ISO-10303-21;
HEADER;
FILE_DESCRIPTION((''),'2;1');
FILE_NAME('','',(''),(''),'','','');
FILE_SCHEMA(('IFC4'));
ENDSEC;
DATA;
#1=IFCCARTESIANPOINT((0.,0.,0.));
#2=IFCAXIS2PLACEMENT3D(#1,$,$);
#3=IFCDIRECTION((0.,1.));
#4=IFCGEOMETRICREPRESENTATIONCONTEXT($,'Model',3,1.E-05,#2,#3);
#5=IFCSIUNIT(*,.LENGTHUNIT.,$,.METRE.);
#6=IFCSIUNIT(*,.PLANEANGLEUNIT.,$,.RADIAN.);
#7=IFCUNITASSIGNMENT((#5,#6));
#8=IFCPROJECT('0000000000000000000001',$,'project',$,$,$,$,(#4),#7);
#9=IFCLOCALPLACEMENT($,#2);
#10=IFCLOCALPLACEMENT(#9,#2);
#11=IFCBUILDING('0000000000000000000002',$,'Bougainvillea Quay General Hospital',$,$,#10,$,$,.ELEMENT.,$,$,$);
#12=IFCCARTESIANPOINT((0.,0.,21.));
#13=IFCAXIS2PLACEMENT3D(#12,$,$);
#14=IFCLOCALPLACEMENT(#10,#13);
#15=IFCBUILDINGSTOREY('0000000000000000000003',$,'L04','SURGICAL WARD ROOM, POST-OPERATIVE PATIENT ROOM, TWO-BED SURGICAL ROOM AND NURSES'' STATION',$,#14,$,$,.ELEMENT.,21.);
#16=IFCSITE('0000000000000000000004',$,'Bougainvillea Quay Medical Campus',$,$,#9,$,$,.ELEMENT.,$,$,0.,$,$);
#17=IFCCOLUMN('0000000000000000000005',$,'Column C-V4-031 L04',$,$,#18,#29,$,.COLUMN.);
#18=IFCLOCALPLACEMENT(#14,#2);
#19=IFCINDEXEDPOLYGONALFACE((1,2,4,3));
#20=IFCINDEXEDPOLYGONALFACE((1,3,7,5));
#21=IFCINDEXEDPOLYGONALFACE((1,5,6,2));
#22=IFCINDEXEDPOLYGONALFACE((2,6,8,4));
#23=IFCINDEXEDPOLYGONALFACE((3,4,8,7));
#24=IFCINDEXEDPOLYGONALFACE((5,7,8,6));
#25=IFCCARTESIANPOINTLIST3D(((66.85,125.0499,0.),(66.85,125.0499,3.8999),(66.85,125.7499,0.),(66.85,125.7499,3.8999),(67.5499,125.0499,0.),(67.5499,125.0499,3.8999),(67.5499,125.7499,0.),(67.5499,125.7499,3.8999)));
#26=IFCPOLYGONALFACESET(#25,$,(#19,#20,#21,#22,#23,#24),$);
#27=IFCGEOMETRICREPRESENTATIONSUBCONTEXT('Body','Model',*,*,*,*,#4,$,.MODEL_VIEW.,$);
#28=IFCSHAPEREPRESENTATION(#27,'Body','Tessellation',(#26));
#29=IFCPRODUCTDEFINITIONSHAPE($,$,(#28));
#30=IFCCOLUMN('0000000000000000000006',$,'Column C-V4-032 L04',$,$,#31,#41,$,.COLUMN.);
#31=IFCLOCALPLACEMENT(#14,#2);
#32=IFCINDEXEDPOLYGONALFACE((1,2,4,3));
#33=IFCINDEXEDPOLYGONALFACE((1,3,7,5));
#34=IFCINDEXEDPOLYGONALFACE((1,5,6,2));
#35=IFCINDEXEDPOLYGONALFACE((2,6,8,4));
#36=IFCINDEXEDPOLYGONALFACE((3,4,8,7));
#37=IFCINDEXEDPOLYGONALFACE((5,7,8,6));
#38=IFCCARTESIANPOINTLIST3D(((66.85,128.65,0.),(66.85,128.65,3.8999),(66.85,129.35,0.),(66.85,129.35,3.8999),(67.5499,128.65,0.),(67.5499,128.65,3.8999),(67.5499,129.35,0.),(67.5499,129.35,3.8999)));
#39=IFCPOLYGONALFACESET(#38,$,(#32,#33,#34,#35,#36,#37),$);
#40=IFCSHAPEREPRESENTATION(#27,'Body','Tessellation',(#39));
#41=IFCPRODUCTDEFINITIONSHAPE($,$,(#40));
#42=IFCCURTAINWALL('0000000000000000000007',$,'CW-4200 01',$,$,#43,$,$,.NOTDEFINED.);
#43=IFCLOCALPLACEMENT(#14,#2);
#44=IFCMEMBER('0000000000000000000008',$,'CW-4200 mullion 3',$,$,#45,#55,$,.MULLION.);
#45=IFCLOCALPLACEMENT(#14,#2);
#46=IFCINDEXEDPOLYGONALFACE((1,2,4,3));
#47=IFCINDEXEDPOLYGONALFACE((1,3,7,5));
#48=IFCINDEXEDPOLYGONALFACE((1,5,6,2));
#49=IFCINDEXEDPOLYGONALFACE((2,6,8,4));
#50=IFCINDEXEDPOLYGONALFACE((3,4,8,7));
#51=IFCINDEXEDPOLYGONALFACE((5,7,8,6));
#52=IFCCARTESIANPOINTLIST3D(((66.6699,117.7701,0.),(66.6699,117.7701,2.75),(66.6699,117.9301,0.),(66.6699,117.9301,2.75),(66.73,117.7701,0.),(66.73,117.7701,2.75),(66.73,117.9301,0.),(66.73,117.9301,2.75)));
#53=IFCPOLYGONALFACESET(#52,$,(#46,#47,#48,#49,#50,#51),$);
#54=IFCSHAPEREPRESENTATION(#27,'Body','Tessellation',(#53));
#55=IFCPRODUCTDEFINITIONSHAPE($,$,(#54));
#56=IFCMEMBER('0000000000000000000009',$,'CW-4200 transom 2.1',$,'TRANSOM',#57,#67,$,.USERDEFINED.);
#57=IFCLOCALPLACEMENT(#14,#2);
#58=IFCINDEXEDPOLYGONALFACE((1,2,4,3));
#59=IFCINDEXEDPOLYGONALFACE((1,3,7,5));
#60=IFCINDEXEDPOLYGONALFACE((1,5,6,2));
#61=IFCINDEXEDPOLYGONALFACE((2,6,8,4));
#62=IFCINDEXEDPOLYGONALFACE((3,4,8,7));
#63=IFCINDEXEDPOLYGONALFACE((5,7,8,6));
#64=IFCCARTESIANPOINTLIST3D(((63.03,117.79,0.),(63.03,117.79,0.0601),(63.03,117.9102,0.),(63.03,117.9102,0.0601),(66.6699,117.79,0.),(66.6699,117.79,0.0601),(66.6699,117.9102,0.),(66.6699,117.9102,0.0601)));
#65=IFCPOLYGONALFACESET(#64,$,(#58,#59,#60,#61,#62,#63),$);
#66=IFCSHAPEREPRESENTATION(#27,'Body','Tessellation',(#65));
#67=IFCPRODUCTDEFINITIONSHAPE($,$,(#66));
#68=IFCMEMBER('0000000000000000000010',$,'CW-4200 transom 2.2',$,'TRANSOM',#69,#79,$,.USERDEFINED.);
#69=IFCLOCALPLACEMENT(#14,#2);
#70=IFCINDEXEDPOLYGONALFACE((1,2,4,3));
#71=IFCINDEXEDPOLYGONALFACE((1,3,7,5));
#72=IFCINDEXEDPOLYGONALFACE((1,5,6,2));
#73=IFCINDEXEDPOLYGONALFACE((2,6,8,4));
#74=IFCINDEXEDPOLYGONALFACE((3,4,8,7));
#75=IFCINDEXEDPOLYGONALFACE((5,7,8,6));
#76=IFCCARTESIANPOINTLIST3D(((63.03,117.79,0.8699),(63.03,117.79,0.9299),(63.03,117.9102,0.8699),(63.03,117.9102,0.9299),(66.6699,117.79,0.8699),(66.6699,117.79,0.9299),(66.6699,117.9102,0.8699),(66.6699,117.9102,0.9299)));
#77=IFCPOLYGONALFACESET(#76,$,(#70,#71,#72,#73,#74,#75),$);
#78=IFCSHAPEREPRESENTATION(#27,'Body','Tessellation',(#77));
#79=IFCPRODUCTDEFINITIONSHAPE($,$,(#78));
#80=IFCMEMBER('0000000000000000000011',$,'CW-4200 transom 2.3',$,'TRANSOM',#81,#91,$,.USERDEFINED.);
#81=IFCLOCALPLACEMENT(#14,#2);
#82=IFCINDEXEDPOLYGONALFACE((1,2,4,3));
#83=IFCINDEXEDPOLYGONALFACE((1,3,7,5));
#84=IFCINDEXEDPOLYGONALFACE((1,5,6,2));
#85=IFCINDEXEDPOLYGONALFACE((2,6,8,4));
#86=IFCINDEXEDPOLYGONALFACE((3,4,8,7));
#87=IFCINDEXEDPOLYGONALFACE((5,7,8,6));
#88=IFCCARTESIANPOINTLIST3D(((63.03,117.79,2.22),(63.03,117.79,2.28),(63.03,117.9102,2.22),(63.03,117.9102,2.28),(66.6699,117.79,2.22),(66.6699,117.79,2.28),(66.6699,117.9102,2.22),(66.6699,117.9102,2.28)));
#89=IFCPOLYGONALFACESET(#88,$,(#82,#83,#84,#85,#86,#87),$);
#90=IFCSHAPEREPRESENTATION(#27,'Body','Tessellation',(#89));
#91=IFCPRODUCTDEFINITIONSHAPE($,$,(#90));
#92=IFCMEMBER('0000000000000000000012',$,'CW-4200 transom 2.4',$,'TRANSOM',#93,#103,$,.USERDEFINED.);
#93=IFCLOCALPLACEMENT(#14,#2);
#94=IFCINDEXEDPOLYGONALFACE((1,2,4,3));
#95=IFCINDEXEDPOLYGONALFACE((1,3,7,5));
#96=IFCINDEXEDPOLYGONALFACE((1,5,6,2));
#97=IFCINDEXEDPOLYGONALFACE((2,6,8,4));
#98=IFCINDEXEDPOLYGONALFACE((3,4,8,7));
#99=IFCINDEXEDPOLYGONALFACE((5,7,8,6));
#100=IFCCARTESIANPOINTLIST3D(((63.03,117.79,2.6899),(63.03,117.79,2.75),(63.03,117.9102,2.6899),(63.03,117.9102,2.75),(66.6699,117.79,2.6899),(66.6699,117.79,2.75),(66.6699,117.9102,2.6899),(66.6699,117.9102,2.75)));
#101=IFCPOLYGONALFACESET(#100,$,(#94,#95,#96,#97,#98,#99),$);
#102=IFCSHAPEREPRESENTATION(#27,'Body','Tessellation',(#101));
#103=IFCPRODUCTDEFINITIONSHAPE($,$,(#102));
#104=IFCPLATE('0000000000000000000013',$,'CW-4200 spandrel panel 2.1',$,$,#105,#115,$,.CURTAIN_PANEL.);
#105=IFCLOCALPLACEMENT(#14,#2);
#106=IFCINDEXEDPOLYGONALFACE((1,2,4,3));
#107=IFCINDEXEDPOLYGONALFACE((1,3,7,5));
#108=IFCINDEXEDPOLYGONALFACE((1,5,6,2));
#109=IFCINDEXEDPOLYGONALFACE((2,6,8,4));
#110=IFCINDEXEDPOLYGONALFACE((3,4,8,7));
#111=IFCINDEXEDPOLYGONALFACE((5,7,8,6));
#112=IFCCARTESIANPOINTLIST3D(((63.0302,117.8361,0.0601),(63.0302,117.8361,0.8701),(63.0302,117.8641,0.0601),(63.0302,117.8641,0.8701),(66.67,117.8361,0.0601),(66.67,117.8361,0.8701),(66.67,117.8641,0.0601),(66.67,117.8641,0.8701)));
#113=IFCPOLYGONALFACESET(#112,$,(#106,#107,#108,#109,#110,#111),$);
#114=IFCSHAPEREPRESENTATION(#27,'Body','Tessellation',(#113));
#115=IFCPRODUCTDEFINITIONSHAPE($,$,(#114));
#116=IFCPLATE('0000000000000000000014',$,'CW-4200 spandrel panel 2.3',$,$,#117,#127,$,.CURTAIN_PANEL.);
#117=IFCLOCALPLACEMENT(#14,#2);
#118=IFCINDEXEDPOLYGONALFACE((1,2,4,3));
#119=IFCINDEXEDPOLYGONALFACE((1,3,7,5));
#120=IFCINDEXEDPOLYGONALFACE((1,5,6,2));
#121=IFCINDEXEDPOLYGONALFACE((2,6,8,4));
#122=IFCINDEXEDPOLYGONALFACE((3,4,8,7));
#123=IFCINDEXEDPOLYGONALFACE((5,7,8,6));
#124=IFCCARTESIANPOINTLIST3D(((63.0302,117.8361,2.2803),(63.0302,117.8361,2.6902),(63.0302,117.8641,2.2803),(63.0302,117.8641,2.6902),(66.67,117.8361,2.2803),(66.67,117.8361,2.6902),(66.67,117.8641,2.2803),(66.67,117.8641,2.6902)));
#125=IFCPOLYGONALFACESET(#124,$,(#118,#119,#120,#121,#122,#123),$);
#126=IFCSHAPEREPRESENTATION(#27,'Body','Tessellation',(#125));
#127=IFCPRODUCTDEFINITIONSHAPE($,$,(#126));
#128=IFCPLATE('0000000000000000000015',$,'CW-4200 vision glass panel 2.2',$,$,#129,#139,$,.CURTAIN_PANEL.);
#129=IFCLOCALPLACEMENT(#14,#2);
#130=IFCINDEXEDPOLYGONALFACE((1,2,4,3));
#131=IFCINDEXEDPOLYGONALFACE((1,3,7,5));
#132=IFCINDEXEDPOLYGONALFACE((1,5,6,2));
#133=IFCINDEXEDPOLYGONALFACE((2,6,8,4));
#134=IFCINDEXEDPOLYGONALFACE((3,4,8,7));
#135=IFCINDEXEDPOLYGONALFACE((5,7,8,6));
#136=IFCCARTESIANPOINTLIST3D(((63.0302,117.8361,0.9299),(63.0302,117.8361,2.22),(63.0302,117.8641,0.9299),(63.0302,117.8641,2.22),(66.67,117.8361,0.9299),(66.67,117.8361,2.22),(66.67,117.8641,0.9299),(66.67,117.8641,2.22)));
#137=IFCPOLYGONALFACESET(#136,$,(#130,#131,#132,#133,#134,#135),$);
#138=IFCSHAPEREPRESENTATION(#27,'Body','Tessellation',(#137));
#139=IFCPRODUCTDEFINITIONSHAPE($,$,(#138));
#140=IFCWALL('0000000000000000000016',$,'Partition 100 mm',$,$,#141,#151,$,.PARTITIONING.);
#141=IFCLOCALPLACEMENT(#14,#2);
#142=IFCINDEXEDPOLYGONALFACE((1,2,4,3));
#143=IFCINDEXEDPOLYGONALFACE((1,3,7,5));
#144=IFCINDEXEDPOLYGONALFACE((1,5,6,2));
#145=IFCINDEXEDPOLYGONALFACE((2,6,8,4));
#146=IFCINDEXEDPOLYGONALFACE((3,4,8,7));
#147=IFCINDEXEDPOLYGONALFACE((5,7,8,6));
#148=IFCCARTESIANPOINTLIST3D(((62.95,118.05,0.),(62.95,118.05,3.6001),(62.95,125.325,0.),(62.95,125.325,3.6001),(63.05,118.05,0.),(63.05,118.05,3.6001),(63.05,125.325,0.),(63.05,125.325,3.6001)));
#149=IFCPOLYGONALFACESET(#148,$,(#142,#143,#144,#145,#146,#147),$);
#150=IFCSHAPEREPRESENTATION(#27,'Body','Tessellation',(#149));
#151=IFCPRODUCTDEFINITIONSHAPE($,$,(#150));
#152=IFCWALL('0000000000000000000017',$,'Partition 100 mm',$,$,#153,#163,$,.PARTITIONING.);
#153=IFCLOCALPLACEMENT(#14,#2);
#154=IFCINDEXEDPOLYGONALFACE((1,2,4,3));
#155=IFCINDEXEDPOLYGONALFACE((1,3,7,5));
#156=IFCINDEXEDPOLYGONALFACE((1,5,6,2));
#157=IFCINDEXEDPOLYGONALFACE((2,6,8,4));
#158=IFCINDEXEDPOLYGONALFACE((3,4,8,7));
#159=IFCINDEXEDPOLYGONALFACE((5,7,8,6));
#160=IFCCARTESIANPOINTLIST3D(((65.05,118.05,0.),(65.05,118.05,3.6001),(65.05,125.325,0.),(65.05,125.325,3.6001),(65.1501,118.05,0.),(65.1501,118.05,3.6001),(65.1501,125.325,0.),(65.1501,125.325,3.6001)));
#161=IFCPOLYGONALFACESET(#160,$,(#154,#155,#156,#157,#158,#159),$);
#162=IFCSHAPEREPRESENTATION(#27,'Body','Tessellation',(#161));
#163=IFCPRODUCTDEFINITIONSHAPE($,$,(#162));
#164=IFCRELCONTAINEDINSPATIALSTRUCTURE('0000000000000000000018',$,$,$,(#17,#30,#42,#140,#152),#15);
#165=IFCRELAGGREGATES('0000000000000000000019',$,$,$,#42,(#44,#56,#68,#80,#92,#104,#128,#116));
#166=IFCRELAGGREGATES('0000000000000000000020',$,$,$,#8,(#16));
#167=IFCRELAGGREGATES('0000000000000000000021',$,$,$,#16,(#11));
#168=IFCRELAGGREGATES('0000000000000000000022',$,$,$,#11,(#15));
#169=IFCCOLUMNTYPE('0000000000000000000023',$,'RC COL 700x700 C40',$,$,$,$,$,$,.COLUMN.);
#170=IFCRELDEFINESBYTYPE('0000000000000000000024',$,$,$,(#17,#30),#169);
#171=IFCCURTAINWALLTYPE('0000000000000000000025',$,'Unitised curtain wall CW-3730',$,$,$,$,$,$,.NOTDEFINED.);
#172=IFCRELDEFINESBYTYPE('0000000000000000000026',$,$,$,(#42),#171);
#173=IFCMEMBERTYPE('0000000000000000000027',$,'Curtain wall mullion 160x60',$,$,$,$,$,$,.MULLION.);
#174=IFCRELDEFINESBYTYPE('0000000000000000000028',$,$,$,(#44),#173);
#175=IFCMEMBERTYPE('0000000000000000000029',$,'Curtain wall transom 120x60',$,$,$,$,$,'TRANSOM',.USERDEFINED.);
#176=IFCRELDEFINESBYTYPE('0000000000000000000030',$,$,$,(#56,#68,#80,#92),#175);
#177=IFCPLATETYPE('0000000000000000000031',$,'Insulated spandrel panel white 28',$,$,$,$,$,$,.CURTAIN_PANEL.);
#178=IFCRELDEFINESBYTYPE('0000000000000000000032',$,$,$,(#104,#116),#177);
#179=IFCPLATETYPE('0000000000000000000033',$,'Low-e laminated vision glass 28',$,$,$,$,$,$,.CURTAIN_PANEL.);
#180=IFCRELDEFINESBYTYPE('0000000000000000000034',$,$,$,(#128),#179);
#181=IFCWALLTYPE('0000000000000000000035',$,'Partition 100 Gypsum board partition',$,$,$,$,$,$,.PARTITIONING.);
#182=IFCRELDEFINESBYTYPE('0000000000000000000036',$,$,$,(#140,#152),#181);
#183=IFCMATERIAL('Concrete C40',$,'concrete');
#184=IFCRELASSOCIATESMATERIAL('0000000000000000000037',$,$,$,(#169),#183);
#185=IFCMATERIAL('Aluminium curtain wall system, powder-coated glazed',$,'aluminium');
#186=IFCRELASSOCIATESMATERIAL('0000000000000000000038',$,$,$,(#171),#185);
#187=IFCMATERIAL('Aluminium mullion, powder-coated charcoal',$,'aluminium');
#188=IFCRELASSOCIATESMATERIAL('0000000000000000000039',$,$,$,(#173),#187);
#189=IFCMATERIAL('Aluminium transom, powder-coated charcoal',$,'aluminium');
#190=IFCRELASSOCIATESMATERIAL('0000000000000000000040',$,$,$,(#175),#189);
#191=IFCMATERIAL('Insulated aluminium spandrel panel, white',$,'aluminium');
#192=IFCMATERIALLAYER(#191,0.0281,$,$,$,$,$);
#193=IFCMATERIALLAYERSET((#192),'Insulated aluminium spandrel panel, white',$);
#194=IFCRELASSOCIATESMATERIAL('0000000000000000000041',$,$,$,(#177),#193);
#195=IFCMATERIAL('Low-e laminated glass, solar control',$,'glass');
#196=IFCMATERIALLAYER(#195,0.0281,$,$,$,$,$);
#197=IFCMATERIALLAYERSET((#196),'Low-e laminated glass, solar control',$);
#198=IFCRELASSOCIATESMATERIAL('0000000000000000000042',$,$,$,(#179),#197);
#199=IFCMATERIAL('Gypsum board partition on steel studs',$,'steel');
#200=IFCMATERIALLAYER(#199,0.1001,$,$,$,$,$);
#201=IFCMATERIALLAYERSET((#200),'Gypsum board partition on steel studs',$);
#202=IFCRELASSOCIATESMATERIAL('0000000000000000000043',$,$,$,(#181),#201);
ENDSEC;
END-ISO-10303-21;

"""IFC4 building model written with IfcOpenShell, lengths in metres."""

from ifc_helpers import new_model, si_unit, direction, frame, frame_2d, origin, origin_2d, place, context, subcontext, project, spatial, rectangle, extrude, material, layer, layer_set, material_profile, profile_set, type_object, element, aggregate, save


model = new_model("IFC4")

# Units and contexts
model_context = context("Model", 3, precision=1e-05, world=origin(), true_north=direction((0.0, 1.0)))
body_context = subcontext(model_context, "Body", "Model", "MODEL_VIEW")
ifc_project = project(units=[si_unit("LENGTHUNIT", "METRE"), si_unit("PLANEANGLEUNIT", "RADIAN")], contexts=[model_context])

# Site, building, storey
site_placement = place(None, origin())
site = spatial("IfcSite", under=ifc_project, at=site_placement, Name="Bougainvillea Quay Medical Campus", CompositionType="ELEMENT", RefElevation=0.0)
building_placement = place(site_placement, origin())
building = spatial("IfcBuilding", under=site, at=building_placement, Name="Bougainvillea Quay General Hospital", CompositionType="ELEMENT")
storey_placement = place(building_placement, frame((0.0, 0.0, 21.0)))
storey = spatial("IfcBuildingStorey", under=building, at=storey_placement, Name="L04", Description="SURGICAL WARD ROOM, POST-OPERATIVE PATIENT ROOM, TWO-BED SURGICAL ROOM AND NURSES' STATION", CompositionType="ELEMENT", Elevation=21.0)

# Columns
ifc_material_1 = material(Name="Concrete C40", Category="concrete")
ifc_material_profile_1 = material_profile(ifc_material_1, rectangle(XDim=0.7, YDim=0.7, at=origin_2d()))
ifc_profile_set_1 = profile_set([ifc_material_profile_1], Name="Concrete C40")
column_type = type_object("IfcColumnType", Name="RC COL 700x700 C40", PredefinedType="COLUMN", material=ifc_profile_set_1)
for number, where, z_axis, x_axis, name in (
    (1, (67.2, 125.3999, 0.0), (0.0, 0.0, 1.0), (1.0, 0.0, 0.0), "Column C-V4-031 L04"),
    (2, (67.2, 129.0, 0.0), (0.0, 0.0, 1.0), (1.0, 0.0, 0.0), "Column C-V4-032 L04"),
):
    element("IfcColumn", number, at=place(storey_placement, frame(where, z_axis=z_axis, x_axis=x_axis)), inside=storey, type_object=column_type, Name=name, PredefinedType="COLUMN", context=body_context, shape_type="SweptSolid", body=[
        extrude(rectangle(XDim=0.7, YDim=0.7, at=origin_2d()), origin(), (0.0, 0.0, 1.0), 3.8999),
    ])

# Curtain wall, members, plates
ifc_material_2 = material(Name="Aluminium curtain wall system, powder-coated glazed", Category="aluminium")
curtain_wall_type = type_object("IfcCurtainWallType", Name="Unitised curtain wall CW-3730", PredefinedType="NOTDEFINED", material=ifc_material_2)
curtain_wall_placement = place(storey_placement, origin())
curtain_wall = element("IfcCurtainWall", 3, at=curtain_wall_placement, inside=storey, type_object=curtain_wall_type, Name="CW-4200 01", PredefinedType="NOTDEFINED")
ifc_material_3 = material(Name="Aluminium mullion, powder-coated charcoal", Category="aluminium")
ifc_material_profile_2 = material_profile(ifc_material_3, rectangle(XDim=0.1599, YDim=0.0601, at=origin_2d()))
ifc_profile_set_2 = profile_set([ifc_material_profile_2], Name="Aluminium mullion, powder-coated charcoal")
member_type_1 = type_object("IfcMemberType", Name="Curtain wall mullion 160x60", PredefinedType="MULLION", material=ifc_profile_set_2)
member_1_placement = place(storey_placement, frame((66.7, 117.8501, 0.0), z_axis=(0.0, 0.0, 1.0), x_axis=(0.0, 1.0, 0.0)))
member_1 = element("IfcMember", 4, at=member_1_placement, type_object=member_type_1, Name="CW-4200 mullion 3", PredefinedType="MULLION", context=body_context, shape_type="SweptSolid", body=[
    extrude(rectangle(XDim=0.1599, YDim=0.0601, at=origin_2d()), origin(), (0.0, 0.0, 1.0), 2.75),
])
ifc_material_4 = material(Name="Aluminium transom, powder-coated charcoal", Category="aluminium")
ifc_material_profile_3 = material_profile(ifc_material_4, rectangle(XDim=0.1201, YDim=0.0601, at=origin_2d()))
ifc_profile_set_3 = profile_set([ifc_material_profile_3], Name="Aluminium transom, powder-coated charcoal")
member_type_2 = type_object("IfcMemberType", Name="Curtain wall transom 120x60", ElementType="TRANSOM", PredefinedType="USERDEFINED", material=ifc_profile_set_3)
member_2_placement = place(storey_placement, frame((63.03, 117.8501, 0.03), z_axis=(1.0, 0.0, 0.0), x_axis=(0.0, 1.0, 0.0)))
member_2 = element("IfcMember", 5, at=member_2_placement, type_object=member_type_2, Name="CW-4200 transom 2.1", ObjectType="TRANSOM", PredefinedType="USERDEFINED", context=body_context, shape_type="SweptSolid", body=[
    extrude(rectangle(XDim=0.1201, YDim=0.0601, at=origin_2d()), origin(), (0.0, 0.0, 1.0), 3.6399),
])
member_3_placement = place(storey_placement, frame((63.03, 117.8501, 0.8999), z_axis=(1.0, 0.0, 0.0), x_axis=(0.0, 1.0, 0.0)))
member_3 = element("IfcMember", 6, at=member_3_placement, type_object=member_type_2, Name="CW-4200 transom 2.2", ObjectType="TRANSOM", PredefinedType="USERDEFINED", context=body_context, shape_type="SweptSolid", body=[
    extrude(rectangle(XDim=0.1201, YDim=0.0601, at=origin_2d()), origin(), (0.0, 0.0, 1.0), 3.6399),
])
member_4_placement = place(storey_placement, frame((63.03, 117.8501, 2.25), z_axis=(1.0, 0.0, 0.0), x_axis=(0.0, 1.0, 0.0)))
member_4 = element("IfcMember", 7, at=member_4_placement, type_object=member_type_2, Name="CW-4200 transom 2.3", ObjectType="TRANSOM", PredefinedType="USERDEFINED", context=body_context, shape_type="SweptSolid", body=[
    extrude(rectangle(XDim=0.1201, YDim=0.0601, at=origin_2d()), origin(), (0.0, 0.0, 1.0), 3.6399),
])
member_5_placement = place(storey_placement, frame((63.03, 117.8501, 2.72), z_axis=(1.0, 0.0, 0.0), x_axis=(0.0, 1.0, 0.0)))
member_5 = element("IfcMember", 8, at=member_5_placement, type_object=member_type_2, Name="CW-4200 transom 2.4", ObjectType="TRANSOM", PredefinedType="USERDEFINED", context=body_context, shape_type="SweptSolid", body=[
    extrude(rectangle(XDim=0.1201, YDim=0.0601, at=origin_2d()), origin(), (0.0, 0.0, 1.0), 3.6399),
])
ifc_material_5 = material(Name="Insulated aluminium spandrel panel, white", Category="aluminium")
ifc_layer_1 = layer(ifc_material_5, 0.0281)
ifc_layer_set_1 = layer_set([ifc_layer_1], Name="Insulated aluminium spandrel panel, white")
plate_type_1 = type_object("IfcPlateType", Name="Insulated spandrel panel white 28", PredefinedType="CURTAIN_PANEL", material=ifc_layer_set_1)
plate_1_placement = place(storey_placement, frame((64.8501, 117.8501, 0.0601), z_axis=(0.0, 0.0, 1.0), x_axis=(1.0, 0.0, 0.0)))
plate_1 = element("IfcPlate", 9, at=plate_1_placement, type_object=plate_type_1, Name="CW-4200 spandrel panel 2.1", PredefinedType="CURTAIN_PANEL", context=body_context, shape_type="SweptSolid", body=[
    extrude(rectangle(XDim=3.6399, YDim=0.0281, at=origin_2d()), origin(), (0.0, 0.0, 1.0), 0.8101),
])
plate_2_placement = place(storey_placement, frame((64.8501, 117.8501, 2.2803), z_axis=(0.0, 0.0, 1.0), x_axis=(1.0, 0.0, 0.0)))
plate_2 = element("IfcPlate", 10, at=plate_2_placement, type_object=plate_type_1, Name="CW-4200 spandrel panel 2.3", PredefinedType="CURTAIN_PANEL", context=body_context, shape_type="SweptSolid", body=[
    extrude(rectangle(XDim=3.6399, YDim=0.0281, at=origin_2d()), origin(), (0.0, 0.0, 1.0), 0.4099),
])
ifc_material_6 = material(Name="Low-e laminated glass, solar control", Category="glass")
ifc_layer_2 = layer(ifc_material_6, 0.0281)
ifc_layer_set_2 = layer_set([ifc_layer_2], Name="Low-e laminated glass, solar control")
plate_type_2 = type_object("IfcPlateType", Name="Low-e laminated vision glass 28", PredefinedType="CURTAIN_PANEL", material=ifc_layer_set_2)
plate_3_placement = place(storey_placement, frame((64.8501, 117.8501, 0.9299), z_axis=(0.0, 0.0, 1.0), x_axis=(1.0, 0.0, 0.0)))
plate_3 = element("IfcPlate", 11, at=plate_3_placement, type_object=plate_type_2, Name="CW-4200 vision glass panel 2.2", PredefinedType="CURTAIN_PANEL", context=body_context, shape_type="SweptSolid", body=[
    extrude(rectangle(XDim=3.6399, YDim=0.0281, at=origin_2d()), origin(), (0.0, 0.0, 1.0), 1.29),
])
aggregate(curtain_wall, [member_1, member_2, member_3, member_4, member_5, plate_1, plate_3, plate_2])

# Walls
ifc_material_7 = material(Name="Gypsum board partition on steel studs", Category="steel")
ifc_layer_3 = layer(ifc_material_7, 0.1001)
ifc_layer_set_3 = layer_set([ifc_layer_3], Name="Gypsum board partition on steel studs")
wall_type_1 = type_object("IfcWallType", Name="Partition 100 Gypsum board partition", PredefinedType="PARTITIONING", material=ifc_layer_set_3)
for number, where, z_axis, x_axis, name in (
    (12, (63.0, 118.05, 0.0), (0.0, 0.0, 1.0), (0.0, 1.0, 0.0), "Partition 100 mm"),
    (13, (65.1001, 118.05, 0.0), (0.0, 0.0, 1.0), (0.0, 1.0, 0.0), "Partition 100 mm"),
):
    element("IfcWall", number, at=place(storey_placement, frame(where, z_axis=z_axis, x_axis=x_axis)), inside=storey, type_object=wall_type_1, Name=name, PredefinedType="PARTITIONING", context=body_context, shape_type="SweptSolid", body=[
        extrude(rectangle(XDim=7.2749, YDim=0.1001, at=frame_2d((3.6375, 0.0))), origin(), (0.0, 0.0, 1.0), 3.6001),
    ])

save(model, "model.ifc")
